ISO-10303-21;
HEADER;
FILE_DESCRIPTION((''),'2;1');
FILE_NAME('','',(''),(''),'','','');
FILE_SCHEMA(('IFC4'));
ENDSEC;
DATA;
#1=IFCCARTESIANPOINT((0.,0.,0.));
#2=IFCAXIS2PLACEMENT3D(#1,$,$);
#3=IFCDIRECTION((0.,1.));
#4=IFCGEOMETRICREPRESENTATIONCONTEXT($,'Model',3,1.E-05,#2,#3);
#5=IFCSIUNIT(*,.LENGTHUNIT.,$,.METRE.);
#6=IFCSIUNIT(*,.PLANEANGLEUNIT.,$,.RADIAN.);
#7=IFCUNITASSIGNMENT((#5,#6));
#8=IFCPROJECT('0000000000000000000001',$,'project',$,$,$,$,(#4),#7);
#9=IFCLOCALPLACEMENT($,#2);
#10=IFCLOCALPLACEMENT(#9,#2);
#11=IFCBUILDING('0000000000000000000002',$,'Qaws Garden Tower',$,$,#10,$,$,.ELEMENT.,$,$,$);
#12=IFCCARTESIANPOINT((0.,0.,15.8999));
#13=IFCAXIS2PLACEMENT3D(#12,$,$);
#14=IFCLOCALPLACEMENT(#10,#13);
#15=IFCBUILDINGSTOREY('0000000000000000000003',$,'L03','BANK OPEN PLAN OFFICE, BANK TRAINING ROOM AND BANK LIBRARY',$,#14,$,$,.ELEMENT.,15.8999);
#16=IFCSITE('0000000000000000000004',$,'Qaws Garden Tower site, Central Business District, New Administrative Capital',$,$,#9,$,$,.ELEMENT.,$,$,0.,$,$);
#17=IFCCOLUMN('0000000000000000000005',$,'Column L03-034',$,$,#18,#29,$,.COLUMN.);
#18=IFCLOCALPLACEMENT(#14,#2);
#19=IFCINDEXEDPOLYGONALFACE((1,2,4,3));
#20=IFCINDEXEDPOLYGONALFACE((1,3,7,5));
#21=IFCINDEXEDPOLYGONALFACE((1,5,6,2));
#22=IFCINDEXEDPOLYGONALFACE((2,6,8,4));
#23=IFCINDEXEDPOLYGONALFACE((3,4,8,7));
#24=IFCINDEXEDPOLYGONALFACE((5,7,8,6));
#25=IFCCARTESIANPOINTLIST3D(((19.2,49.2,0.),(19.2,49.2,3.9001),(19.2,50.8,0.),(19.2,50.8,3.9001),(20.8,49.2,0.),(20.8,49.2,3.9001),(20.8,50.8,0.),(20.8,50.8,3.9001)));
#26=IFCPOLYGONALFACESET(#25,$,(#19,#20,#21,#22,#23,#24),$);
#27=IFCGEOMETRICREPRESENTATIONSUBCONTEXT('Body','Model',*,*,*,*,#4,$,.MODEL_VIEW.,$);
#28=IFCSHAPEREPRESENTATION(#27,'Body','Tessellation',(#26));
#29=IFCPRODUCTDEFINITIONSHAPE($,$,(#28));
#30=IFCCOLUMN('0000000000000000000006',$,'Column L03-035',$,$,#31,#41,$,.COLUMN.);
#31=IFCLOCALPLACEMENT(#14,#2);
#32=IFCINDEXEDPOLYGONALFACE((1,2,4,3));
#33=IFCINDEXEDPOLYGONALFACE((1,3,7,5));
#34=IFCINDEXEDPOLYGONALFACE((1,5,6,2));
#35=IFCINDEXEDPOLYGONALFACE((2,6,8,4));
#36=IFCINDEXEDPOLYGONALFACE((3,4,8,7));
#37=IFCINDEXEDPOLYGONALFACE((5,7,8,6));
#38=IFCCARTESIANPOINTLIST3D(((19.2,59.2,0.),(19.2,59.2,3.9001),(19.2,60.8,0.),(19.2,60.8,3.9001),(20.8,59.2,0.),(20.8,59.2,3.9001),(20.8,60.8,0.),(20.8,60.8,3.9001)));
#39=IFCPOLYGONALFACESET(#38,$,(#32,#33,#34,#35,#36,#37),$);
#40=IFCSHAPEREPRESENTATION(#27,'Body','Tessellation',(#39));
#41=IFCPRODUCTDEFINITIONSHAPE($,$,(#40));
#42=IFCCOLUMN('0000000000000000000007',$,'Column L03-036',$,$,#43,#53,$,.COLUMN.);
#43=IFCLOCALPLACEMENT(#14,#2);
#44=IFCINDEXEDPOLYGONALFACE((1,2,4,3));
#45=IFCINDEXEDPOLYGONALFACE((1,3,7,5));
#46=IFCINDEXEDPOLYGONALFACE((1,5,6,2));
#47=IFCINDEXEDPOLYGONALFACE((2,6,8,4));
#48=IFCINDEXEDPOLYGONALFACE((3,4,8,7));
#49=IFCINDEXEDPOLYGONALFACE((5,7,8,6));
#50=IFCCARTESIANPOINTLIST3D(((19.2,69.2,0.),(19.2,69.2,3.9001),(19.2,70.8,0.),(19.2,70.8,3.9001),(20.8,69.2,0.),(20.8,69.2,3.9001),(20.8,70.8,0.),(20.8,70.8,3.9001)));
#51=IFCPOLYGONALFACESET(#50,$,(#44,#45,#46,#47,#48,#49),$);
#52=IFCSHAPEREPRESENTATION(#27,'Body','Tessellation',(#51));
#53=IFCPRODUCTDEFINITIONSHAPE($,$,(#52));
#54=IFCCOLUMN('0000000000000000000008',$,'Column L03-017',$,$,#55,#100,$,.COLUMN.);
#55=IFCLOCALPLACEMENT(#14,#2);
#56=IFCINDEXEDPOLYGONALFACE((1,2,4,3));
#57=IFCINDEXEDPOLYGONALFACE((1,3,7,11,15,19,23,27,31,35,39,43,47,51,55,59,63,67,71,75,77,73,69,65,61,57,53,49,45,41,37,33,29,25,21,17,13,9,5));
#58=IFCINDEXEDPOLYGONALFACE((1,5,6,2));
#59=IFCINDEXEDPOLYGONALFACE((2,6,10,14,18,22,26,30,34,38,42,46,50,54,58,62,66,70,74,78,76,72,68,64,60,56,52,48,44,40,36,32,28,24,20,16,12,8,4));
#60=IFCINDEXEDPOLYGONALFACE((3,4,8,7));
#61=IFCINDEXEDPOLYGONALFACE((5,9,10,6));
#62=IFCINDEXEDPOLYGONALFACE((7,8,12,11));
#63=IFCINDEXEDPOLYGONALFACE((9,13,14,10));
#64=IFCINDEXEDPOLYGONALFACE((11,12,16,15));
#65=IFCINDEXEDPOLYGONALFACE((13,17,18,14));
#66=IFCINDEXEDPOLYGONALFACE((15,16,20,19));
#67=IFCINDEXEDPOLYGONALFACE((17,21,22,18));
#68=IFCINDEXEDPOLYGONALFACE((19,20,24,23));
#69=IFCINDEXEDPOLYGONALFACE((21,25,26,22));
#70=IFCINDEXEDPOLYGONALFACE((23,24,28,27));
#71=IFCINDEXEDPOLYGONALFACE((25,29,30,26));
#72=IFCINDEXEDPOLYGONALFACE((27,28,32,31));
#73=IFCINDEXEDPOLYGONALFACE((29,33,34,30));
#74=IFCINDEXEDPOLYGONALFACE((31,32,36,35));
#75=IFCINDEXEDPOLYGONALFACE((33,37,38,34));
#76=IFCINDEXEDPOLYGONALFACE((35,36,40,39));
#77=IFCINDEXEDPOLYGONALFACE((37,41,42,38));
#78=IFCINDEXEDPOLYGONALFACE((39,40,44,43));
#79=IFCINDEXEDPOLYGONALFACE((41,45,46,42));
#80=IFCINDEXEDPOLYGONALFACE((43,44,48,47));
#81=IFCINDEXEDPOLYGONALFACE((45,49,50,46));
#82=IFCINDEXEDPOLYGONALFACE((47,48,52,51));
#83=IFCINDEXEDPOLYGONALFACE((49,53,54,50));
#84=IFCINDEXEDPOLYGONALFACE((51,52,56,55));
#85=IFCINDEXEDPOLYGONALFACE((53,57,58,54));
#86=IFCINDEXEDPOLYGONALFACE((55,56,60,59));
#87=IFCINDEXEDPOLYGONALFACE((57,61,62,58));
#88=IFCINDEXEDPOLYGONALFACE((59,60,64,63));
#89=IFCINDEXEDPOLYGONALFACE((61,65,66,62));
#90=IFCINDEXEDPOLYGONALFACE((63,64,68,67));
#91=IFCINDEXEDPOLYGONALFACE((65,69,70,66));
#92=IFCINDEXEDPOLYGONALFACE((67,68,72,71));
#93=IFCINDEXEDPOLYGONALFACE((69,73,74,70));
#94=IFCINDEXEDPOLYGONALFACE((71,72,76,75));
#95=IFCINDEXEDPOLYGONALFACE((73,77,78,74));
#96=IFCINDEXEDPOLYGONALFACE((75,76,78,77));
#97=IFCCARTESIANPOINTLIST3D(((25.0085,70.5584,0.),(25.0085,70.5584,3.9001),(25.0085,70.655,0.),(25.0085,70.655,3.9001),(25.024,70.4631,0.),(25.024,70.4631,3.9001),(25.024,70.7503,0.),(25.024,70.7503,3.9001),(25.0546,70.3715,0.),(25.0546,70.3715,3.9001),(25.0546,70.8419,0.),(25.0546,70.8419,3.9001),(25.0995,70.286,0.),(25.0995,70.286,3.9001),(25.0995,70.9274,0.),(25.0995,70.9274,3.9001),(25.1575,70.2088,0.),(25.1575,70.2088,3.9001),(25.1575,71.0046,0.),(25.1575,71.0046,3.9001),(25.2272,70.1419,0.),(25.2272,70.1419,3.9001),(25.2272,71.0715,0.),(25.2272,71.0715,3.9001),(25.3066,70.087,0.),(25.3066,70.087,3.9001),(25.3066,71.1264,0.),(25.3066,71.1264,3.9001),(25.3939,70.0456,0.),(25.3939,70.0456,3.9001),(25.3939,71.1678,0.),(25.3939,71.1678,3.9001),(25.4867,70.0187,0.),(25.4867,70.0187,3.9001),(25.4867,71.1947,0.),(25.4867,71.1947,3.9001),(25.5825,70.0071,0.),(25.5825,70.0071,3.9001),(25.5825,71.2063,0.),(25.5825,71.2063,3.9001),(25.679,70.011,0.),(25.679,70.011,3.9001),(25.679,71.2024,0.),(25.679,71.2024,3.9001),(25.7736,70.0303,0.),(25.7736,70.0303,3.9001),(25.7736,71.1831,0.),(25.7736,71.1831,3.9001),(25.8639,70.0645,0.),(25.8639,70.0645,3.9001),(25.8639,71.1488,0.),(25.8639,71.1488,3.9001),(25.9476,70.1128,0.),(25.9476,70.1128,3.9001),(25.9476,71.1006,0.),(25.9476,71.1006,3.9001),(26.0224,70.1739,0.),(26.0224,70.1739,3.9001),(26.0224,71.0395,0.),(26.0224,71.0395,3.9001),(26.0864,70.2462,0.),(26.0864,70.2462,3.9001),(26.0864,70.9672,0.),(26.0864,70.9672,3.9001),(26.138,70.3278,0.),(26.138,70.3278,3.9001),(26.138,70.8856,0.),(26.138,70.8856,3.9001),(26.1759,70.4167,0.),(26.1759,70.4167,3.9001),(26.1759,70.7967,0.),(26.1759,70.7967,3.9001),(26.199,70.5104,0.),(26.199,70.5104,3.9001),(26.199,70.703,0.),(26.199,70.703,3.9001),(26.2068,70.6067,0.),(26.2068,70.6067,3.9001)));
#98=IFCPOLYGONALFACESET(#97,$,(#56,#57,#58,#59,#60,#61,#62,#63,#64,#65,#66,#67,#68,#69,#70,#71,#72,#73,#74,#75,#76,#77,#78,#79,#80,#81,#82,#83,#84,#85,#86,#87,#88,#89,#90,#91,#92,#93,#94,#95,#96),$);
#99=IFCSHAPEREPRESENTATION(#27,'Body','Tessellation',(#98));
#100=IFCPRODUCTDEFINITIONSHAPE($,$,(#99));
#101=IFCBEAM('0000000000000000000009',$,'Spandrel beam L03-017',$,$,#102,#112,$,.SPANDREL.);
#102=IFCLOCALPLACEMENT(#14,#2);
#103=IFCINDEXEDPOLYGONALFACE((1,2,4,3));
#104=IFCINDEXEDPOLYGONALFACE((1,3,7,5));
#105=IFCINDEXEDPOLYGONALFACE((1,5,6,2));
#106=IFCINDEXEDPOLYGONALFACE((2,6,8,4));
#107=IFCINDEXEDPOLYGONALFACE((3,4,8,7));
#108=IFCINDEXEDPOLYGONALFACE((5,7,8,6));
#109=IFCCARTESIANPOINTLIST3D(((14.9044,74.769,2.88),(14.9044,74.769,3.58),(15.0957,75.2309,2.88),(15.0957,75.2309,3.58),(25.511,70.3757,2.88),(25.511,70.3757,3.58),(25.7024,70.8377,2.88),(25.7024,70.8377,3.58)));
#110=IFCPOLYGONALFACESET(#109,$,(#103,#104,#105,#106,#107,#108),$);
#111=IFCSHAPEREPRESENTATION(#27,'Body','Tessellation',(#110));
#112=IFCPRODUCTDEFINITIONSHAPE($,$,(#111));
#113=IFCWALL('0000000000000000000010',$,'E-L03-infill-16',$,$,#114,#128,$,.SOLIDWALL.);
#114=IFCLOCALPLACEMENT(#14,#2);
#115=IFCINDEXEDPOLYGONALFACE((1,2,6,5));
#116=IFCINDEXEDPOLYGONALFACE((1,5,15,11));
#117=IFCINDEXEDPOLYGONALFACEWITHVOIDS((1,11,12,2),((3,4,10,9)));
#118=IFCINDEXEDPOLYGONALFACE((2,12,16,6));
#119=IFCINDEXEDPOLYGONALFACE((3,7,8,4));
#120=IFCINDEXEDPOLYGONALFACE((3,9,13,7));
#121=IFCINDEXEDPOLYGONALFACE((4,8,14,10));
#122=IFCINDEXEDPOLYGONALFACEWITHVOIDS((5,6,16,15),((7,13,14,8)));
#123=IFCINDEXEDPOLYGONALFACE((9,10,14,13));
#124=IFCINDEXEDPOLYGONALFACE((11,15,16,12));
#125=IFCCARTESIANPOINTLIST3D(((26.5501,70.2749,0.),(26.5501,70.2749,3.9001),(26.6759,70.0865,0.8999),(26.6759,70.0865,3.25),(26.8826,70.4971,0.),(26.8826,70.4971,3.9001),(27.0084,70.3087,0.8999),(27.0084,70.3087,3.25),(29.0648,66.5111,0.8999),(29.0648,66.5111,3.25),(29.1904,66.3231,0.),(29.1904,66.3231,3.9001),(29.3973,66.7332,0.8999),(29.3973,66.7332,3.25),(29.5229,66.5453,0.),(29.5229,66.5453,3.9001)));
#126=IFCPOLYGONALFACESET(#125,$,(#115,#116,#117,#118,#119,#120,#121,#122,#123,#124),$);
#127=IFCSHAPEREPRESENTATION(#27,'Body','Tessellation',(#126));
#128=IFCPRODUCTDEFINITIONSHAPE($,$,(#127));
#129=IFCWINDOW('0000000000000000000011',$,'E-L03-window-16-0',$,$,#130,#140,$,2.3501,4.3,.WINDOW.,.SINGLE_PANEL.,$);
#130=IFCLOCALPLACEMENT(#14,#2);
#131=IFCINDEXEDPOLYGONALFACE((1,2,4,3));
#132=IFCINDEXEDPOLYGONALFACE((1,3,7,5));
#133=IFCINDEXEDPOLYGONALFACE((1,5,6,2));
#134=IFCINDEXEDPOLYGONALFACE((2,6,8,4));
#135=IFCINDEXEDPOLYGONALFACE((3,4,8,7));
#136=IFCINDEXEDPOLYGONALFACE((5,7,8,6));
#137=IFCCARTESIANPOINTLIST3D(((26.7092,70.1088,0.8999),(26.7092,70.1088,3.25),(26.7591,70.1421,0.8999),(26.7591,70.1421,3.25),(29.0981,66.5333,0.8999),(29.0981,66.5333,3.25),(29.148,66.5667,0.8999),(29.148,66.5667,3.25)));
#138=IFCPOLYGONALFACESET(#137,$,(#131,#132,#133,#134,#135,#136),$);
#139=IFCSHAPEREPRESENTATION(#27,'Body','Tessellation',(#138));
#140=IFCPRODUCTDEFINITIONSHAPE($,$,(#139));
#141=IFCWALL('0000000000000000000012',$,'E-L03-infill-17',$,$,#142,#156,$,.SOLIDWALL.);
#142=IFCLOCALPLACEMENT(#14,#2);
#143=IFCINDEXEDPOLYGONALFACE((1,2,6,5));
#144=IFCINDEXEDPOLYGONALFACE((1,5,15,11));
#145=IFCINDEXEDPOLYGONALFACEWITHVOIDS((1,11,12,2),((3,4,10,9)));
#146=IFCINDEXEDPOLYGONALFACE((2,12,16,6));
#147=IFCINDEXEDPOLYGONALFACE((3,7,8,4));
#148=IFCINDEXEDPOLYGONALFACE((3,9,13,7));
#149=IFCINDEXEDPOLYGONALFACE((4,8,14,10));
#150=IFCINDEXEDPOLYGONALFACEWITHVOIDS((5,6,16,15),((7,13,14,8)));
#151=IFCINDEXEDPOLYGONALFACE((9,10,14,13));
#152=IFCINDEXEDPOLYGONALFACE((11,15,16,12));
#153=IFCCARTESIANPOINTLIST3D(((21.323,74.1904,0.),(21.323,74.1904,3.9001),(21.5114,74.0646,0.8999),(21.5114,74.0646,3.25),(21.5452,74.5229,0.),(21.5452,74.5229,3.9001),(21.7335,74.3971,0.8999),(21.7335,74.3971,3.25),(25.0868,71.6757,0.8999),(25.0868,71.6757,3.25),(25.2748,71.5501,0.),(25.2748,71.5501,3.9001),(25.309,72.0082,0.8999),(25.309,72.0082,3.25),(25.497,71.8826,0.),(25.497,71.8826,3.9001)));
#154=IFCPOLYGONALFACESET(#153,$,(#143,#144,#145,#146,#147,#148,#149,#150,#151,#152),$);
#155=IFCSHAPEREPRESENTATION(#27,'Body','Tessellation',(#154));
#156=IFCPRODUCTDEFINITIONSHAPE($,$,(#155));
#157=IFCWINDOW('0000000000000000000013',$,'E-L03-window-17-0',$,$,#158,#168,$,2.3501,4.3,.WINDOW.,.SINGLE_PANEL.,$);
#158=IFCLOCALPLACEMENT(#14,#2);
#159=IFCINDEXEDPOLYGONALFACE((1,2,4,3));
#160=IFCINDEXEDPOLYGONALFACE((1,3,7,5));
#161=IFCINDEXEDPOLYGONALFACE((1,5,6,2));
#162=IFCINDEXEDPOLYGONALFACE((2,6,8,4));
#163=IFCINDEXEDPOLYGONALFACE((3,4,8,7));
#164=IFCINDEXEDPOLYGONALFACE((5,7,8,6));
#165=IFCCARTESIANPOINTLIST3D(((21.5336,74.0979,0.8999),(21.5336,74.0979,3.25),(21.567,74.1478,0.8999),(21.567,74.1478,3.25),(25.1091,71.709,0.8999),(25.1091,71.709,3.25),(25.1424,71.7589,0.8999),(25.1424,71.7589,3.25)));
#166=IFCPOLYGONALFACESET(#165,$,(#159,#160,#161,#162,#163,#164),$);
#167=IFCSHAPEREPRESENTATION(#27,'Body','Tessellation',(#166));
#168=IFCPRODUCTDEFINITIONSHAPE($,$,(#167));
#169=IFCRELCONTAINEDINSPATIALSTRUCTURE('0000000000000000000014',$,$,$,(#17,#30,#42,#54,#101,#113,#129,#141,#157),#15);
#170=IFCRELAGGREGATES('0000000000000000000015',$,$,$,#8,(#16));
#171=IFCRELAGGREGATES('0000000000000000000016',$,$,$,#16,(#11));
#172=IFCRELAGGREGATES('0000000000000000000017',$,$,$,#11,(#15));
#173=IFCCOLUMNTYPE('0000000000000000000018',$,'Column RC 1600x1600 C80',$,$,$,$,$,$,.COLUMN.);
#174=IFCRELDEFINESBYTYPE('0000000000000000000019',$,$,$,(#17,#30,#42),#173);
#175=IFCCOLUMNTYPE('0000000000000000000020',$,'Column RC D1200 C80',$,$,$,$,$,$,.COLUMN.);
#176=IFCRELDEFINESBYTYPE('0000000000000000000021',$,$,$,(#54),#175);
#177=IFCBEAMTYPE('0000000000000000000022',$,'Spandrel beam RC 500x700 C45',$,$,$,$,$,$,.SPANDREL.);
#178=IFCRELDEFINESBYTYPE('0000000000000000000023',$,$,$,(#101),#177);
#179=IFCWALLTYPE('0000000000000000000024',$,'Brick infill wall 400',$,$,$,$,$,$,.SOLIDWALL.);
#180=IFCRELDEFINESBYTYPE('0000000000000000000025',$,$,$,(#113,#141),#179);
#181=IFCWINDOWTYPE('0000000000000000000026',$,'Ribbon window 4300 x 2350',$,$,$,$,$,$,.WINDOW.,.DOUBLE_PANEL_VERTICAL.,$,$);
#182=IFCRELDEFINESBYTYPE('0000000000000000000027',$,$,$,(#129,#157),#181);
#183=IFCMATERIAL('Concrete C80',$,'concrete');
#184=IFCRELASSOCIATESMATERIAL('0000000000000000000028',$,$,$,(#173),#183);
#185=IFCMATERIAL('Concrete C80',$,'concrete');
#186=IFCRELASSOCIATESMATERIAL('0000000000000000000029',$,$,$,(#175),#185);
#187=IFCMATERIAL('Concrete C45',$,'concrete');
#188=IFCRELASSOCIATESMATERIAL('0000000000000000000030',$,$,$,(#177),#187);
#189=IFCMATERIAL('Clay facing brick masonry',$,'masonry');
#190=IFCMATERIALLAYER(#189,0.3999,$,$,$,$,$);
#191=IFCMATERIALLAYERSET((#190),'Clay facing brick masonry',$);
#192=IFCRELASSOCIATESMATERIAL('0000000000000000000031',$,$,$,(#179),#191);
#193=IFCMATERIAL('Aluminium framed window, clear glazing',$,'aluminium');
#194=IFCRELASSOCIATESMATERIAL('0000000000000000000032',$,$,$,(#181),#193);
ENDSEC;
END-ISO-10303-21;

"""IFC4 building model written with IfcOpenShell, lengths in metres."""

from ifc_helpers import new_model, si_unit, direction, frame, frame_2d, origin, origin_2d, place, context, subcontext, project, spatial, rectangle, circle, extrude, material, layer, layer_set, material_profile, profile_set, type_object, element, fill, save


model = new_model("IFC4")

# Units and contexts
model_context = context("Model", 3, precision=1e-05, world=origin(), true_north=direction((0.0, 1.0)))
body_context = subcontext(model_context, "Body", "Model", "MODEL_VIEW")
ifc_project = project(units=[si_unit("LENGTHUNIT", "METRE"), si_unit("PLANEANGLEUNIT", "RADIAN")], contexts=[model_context])

# Site, building, storey
site_placement = place(None, origin())
site = spatial("IfcSite", under=ifc_project, at=site_placement, Name="Qaws Garden Tower site, Central Business District, New Administrative Capital", CompositionType="ELEMENT", RefElevation=0.0)
building_placement = place(site_placement, origin())
building = spatial("IfcBuilding", under=site, at=building_placement, Name="Qaws Garden Tower", CompositionType="ELEMENT")
storey_placement = place(building_placement, frame((0.0, 0.0, 15.8999)))
storey = spatial("IfcBuildingStorey", under=building, at=storey_placement, Name="L03", Description="BANK OPEN PLAN OFFICE, BANK TRAINING ROOM AND BANK LIBRARY", CompositionType="ELEMENT", Elevation=15.8999)

# Columns
ifc_material_1 = material(Name="Concrete C80", Category="concrete")
ifc_material_profile_1 = material_profile(ifc_material_1, rectangle(XDim=1.6001, YDim=1.6001, at=origin_2d()), Name="RC 1600x1600")
ifc_profile_set_1 = profile_set([ifc_material_profile_1], Name="Concrete C80")
column_type_1 = type_object("IfcColumnType", Name="Column RC 1600x1600 C80", PredefinedType="COLUMN", material=ifc_profile_set_1)
for number, where, z_axis, x_axis, name in (
    (1, (20.0, 50.0, 0.0), (0.0, 0.0, 1.0), (1.0, 0.0, 0.0), "Column L03-034"),
    (2, (20.0, 60.0, 0.0), (0.0, 0.0, 1.0), (1.0, 0.0, 0.0), "Column L03-035"),
    (3, (20.0, 70.0, 0.0), (0.0, 0.0, 1.0), (1.0, 0.0, 0.0), "Column L03-036"),
):
    element("IfcColumn", number, at=place(storey_placement, frame(where, z_axis=z_axis, x_axis=x_axis)), inside=storey, type_object=column_type_1, Name=name, PredefinedType="COLUMN", context=body_context, shape_type="SweptSolid", body=[
        extrude(rectangle(XDim=1.6001, YDim=1.6001, at=origin_2d()), origin(), (0.0, 0.0, 1.0), 3.9001),
    ])
ifc_material_2 = material(Name="Concrete C80", Category="concrete")
ifc_material_profile_2 = material_profile(ifc_material_2, circle(Radius=0.6001, at=origin_2d()), Name="RC D1200")
ifc_profile_set_2 = profile_set([ifc_material_profile_2], Name="Concrete C80")
column_type_2 = type_object("IfcColumnType", Name="Column RC D1200 C80", PredefinedType="COLUMN", material=ifc_profile_set_2)
column_placement = place(storey_placement, frame((25.6067, 70.6067, 0.0), z_axis=(0.0, 0.0, 1.0), x_axis=(1.0, 0.0, 0.0)))
element("IfcColumn", 4, at=column_placement, inside=storey, type_object=column_type_2, Name="Column L03-017", PredefinedType="COLUMN", context=body_context, shape_type="SweptSolid", body=[
    extrude(circle(Radius=0.6001, at=origin_2d()), origin(), (0.0, 0.0, 1.0), 3.9001),
])

# Beam
ifc_material_3 = material(Name="Concrete C45", Category="concrete")
ifc_material_profile_3 = material_profile(ifc_material_3, rectangle(XDim=0.5, YDim=0.7, at=origin_2d()), Name="RC 500x700")
ifc_profile_set_3 = profile_set([ifc_material_profile_3], Name="Concrete C45")
beam_type = type_object("IfcBeamType", Name="Spandrel beam RC 500x700 C45", PredefinedType="SPANDREL", material=ifc_profile_set_3)
beam_placement = place(storey_placement, frame((25.6067, 70.6067, 3.23), z_axis=(-0.923883, 0.382674, 0.0), x_axis=(-0.382674, -0.923883, 0.0)))
element("IfcBeam", 5, at=beam_placement, inside=storey, type_object=beam_type, Name="Spandrel beam L03-017", PredefinedType="SPANDREL", context=body_context, shape_type="SweptSolid", body=[
    extrude(rectangle(XDim=0.5, YDim=0.7, at=origin_2d()), origin(), (0.0, 0.0, 1.0), 11.4805),
])

# Walls, openings, windows
ifc_material_4 = material(Name="Clay facing brick masonry", Category="masonry")
ifc_layer_1 = layer(ifc_material_4, 0.3999)
ifc_layer_set_1 = layer_set([ifc_layer_1], Name="Clay facing brick masonry")
wall_type_1 = type_object("IfcWallType", Name="Brick infill wall 400", PredefinedType="SOLIDWALL", material=ifc_layer_set_1)
wall_1_placement = place(storey_placement, frame((29.3567, 66.4341, 0.0), z_axis=(0.0, 0.0, 1.0), x_axis=(-0.555542, 0.831489, 0.0)))
wall_1 = element("IfcWall", 6, at=wall_1_placement, inside=storey, type_object=wall_type_1, Name="E-L03-infill-16", PredefinedType="SOLIDWALL", context=body_context, shape_type="SweptSolid", body=[
    extrude(rectangle(XDim=4.7527, YDim=0.3999, at=frame_2d((2.3765, 0.0))), origin(), (0.0, 0.0, 1.0), 3.9001),
])
opening_1_placement = place(wall_1_placement, frame((0.2263, 0.0, 0.8999)))
opening_1 = element("IfcOpeningElement", 7, at=opening_1_placement, cuts=wall_1, PredefinedType="OPENING", context=body_context, shape_type="SweptSolid", body=[
    extrude(rectangle(XDim=4.3, YDim=2.3501, at=frame_2d((2.1499, 1.175))), frame((0.0, 0.21, 0.0), z_axis=(0.0, -1.0, 0.0), x_axis=(1.0, 0.0, 0.0)), (0.0, 0.0, 1.0), 0.4199),
])
ifc_material_5 = material(Name="Aluminium framed window, clear glazing", Category="aluminium")
window_type = type_object("IfcWindowType", Name="Ribbon window 4300 x 2350", PartitioningType="DOUBLE_PANEL_VERTICAL", PredefinedType="WINDOW", material=ifc_material_5)
window_1_placement = place(opening_1_placement, origin())
window_1 = element("IfcWindow", 8, at=window_1_placement, inside=storey, type_object=window_type, Name="E-L03-window-16-0", OverallHeight=2.3501, OverallWidth=4.3, PartitioningType="SINGLE_PANEL", PredefinedType="WINDOW", context=body_context, shape_type="SweptSolid", body=[
    extrude(rectangle(XDim=4.3, YDim=2.3501, at=frame_2d((2.1499, 1.175))), frame((0.0, 0.1599, 0.0), z_axis=(0.0, -1.0, 0.0), x_axis=(1.0, 0.0, 0.0)), (0.0, 0.0, 1.0), 0.0601),
])
fill(opening_1, window_1)
wall_2_placement = place(storey_placement, frame((25.386, 71.7163, 0.0), z_axis=(0.0, 0.0, 1.0), x_axis=(-0.831489, 0.555542, 0.0)))
wall_2 = element("IfcWall", 9, at=wall_2_placement, inside=storey, type_object=wall_type_1, Name="E-L03-infill-17", PredefinedType="SOLIDWALL", context=body_context, shape_type="SweptSolid", body=[
    extrude(rectangle(XDim=4.7527, YDim=0.3999, at=frame_2d((2.3765, 0.0))), origin(), (0.0, 0.0, 1.0), 3.9001),
])
opening_2_placement = place(wall_2_placement, frame((0.2263, 0.0, 0.8999)))
opening_2 = element("IfcOpeningElement", 10, at=opening_2_placement, cuts=wall_2, PredefinedType="OPENING", context=body_context, shape_type="SweptSolid", body=[
    extrude(rectangle(XDim=4.3, YDim=2.3501, at=frame_2d((2.1499, 1.175))), frame((0.0, 0.21, 0.0), z_axis=(0.0, -1.0, 0.0), x_axis=(1.0, 0.0, 0.0)), (0.0, 0.0, 1.0), 0.4199),
])
window_2_placement = place(opening_2_placement, origin())
window_2 = element("IfcWindow", 11, at=window_2_placement, inside=storey, type_object=window_type, Name="E-L03-window-17-0", OverallHeight=2.3501, OverallWidth=4.3, PartitioningType="SINGLE_PANEL", PredefinedType="WINDOW", context=body_context, shape_type="SweptSolid", body=[
    extrude(rectangle(XDim=4.3, YDim=2.3501, at=frame_2d((2.1499, 1.175))), frame((0.0, 0.1599, 0.0), z_axis=(0.0, -1.0, 0.0), x_axis=(1.0, 0.0, 0.0)), (0.0, 0.0, 1.0), 0.0601),
])
fill(opening_2, window_2)

save(model, "model.ifc")
